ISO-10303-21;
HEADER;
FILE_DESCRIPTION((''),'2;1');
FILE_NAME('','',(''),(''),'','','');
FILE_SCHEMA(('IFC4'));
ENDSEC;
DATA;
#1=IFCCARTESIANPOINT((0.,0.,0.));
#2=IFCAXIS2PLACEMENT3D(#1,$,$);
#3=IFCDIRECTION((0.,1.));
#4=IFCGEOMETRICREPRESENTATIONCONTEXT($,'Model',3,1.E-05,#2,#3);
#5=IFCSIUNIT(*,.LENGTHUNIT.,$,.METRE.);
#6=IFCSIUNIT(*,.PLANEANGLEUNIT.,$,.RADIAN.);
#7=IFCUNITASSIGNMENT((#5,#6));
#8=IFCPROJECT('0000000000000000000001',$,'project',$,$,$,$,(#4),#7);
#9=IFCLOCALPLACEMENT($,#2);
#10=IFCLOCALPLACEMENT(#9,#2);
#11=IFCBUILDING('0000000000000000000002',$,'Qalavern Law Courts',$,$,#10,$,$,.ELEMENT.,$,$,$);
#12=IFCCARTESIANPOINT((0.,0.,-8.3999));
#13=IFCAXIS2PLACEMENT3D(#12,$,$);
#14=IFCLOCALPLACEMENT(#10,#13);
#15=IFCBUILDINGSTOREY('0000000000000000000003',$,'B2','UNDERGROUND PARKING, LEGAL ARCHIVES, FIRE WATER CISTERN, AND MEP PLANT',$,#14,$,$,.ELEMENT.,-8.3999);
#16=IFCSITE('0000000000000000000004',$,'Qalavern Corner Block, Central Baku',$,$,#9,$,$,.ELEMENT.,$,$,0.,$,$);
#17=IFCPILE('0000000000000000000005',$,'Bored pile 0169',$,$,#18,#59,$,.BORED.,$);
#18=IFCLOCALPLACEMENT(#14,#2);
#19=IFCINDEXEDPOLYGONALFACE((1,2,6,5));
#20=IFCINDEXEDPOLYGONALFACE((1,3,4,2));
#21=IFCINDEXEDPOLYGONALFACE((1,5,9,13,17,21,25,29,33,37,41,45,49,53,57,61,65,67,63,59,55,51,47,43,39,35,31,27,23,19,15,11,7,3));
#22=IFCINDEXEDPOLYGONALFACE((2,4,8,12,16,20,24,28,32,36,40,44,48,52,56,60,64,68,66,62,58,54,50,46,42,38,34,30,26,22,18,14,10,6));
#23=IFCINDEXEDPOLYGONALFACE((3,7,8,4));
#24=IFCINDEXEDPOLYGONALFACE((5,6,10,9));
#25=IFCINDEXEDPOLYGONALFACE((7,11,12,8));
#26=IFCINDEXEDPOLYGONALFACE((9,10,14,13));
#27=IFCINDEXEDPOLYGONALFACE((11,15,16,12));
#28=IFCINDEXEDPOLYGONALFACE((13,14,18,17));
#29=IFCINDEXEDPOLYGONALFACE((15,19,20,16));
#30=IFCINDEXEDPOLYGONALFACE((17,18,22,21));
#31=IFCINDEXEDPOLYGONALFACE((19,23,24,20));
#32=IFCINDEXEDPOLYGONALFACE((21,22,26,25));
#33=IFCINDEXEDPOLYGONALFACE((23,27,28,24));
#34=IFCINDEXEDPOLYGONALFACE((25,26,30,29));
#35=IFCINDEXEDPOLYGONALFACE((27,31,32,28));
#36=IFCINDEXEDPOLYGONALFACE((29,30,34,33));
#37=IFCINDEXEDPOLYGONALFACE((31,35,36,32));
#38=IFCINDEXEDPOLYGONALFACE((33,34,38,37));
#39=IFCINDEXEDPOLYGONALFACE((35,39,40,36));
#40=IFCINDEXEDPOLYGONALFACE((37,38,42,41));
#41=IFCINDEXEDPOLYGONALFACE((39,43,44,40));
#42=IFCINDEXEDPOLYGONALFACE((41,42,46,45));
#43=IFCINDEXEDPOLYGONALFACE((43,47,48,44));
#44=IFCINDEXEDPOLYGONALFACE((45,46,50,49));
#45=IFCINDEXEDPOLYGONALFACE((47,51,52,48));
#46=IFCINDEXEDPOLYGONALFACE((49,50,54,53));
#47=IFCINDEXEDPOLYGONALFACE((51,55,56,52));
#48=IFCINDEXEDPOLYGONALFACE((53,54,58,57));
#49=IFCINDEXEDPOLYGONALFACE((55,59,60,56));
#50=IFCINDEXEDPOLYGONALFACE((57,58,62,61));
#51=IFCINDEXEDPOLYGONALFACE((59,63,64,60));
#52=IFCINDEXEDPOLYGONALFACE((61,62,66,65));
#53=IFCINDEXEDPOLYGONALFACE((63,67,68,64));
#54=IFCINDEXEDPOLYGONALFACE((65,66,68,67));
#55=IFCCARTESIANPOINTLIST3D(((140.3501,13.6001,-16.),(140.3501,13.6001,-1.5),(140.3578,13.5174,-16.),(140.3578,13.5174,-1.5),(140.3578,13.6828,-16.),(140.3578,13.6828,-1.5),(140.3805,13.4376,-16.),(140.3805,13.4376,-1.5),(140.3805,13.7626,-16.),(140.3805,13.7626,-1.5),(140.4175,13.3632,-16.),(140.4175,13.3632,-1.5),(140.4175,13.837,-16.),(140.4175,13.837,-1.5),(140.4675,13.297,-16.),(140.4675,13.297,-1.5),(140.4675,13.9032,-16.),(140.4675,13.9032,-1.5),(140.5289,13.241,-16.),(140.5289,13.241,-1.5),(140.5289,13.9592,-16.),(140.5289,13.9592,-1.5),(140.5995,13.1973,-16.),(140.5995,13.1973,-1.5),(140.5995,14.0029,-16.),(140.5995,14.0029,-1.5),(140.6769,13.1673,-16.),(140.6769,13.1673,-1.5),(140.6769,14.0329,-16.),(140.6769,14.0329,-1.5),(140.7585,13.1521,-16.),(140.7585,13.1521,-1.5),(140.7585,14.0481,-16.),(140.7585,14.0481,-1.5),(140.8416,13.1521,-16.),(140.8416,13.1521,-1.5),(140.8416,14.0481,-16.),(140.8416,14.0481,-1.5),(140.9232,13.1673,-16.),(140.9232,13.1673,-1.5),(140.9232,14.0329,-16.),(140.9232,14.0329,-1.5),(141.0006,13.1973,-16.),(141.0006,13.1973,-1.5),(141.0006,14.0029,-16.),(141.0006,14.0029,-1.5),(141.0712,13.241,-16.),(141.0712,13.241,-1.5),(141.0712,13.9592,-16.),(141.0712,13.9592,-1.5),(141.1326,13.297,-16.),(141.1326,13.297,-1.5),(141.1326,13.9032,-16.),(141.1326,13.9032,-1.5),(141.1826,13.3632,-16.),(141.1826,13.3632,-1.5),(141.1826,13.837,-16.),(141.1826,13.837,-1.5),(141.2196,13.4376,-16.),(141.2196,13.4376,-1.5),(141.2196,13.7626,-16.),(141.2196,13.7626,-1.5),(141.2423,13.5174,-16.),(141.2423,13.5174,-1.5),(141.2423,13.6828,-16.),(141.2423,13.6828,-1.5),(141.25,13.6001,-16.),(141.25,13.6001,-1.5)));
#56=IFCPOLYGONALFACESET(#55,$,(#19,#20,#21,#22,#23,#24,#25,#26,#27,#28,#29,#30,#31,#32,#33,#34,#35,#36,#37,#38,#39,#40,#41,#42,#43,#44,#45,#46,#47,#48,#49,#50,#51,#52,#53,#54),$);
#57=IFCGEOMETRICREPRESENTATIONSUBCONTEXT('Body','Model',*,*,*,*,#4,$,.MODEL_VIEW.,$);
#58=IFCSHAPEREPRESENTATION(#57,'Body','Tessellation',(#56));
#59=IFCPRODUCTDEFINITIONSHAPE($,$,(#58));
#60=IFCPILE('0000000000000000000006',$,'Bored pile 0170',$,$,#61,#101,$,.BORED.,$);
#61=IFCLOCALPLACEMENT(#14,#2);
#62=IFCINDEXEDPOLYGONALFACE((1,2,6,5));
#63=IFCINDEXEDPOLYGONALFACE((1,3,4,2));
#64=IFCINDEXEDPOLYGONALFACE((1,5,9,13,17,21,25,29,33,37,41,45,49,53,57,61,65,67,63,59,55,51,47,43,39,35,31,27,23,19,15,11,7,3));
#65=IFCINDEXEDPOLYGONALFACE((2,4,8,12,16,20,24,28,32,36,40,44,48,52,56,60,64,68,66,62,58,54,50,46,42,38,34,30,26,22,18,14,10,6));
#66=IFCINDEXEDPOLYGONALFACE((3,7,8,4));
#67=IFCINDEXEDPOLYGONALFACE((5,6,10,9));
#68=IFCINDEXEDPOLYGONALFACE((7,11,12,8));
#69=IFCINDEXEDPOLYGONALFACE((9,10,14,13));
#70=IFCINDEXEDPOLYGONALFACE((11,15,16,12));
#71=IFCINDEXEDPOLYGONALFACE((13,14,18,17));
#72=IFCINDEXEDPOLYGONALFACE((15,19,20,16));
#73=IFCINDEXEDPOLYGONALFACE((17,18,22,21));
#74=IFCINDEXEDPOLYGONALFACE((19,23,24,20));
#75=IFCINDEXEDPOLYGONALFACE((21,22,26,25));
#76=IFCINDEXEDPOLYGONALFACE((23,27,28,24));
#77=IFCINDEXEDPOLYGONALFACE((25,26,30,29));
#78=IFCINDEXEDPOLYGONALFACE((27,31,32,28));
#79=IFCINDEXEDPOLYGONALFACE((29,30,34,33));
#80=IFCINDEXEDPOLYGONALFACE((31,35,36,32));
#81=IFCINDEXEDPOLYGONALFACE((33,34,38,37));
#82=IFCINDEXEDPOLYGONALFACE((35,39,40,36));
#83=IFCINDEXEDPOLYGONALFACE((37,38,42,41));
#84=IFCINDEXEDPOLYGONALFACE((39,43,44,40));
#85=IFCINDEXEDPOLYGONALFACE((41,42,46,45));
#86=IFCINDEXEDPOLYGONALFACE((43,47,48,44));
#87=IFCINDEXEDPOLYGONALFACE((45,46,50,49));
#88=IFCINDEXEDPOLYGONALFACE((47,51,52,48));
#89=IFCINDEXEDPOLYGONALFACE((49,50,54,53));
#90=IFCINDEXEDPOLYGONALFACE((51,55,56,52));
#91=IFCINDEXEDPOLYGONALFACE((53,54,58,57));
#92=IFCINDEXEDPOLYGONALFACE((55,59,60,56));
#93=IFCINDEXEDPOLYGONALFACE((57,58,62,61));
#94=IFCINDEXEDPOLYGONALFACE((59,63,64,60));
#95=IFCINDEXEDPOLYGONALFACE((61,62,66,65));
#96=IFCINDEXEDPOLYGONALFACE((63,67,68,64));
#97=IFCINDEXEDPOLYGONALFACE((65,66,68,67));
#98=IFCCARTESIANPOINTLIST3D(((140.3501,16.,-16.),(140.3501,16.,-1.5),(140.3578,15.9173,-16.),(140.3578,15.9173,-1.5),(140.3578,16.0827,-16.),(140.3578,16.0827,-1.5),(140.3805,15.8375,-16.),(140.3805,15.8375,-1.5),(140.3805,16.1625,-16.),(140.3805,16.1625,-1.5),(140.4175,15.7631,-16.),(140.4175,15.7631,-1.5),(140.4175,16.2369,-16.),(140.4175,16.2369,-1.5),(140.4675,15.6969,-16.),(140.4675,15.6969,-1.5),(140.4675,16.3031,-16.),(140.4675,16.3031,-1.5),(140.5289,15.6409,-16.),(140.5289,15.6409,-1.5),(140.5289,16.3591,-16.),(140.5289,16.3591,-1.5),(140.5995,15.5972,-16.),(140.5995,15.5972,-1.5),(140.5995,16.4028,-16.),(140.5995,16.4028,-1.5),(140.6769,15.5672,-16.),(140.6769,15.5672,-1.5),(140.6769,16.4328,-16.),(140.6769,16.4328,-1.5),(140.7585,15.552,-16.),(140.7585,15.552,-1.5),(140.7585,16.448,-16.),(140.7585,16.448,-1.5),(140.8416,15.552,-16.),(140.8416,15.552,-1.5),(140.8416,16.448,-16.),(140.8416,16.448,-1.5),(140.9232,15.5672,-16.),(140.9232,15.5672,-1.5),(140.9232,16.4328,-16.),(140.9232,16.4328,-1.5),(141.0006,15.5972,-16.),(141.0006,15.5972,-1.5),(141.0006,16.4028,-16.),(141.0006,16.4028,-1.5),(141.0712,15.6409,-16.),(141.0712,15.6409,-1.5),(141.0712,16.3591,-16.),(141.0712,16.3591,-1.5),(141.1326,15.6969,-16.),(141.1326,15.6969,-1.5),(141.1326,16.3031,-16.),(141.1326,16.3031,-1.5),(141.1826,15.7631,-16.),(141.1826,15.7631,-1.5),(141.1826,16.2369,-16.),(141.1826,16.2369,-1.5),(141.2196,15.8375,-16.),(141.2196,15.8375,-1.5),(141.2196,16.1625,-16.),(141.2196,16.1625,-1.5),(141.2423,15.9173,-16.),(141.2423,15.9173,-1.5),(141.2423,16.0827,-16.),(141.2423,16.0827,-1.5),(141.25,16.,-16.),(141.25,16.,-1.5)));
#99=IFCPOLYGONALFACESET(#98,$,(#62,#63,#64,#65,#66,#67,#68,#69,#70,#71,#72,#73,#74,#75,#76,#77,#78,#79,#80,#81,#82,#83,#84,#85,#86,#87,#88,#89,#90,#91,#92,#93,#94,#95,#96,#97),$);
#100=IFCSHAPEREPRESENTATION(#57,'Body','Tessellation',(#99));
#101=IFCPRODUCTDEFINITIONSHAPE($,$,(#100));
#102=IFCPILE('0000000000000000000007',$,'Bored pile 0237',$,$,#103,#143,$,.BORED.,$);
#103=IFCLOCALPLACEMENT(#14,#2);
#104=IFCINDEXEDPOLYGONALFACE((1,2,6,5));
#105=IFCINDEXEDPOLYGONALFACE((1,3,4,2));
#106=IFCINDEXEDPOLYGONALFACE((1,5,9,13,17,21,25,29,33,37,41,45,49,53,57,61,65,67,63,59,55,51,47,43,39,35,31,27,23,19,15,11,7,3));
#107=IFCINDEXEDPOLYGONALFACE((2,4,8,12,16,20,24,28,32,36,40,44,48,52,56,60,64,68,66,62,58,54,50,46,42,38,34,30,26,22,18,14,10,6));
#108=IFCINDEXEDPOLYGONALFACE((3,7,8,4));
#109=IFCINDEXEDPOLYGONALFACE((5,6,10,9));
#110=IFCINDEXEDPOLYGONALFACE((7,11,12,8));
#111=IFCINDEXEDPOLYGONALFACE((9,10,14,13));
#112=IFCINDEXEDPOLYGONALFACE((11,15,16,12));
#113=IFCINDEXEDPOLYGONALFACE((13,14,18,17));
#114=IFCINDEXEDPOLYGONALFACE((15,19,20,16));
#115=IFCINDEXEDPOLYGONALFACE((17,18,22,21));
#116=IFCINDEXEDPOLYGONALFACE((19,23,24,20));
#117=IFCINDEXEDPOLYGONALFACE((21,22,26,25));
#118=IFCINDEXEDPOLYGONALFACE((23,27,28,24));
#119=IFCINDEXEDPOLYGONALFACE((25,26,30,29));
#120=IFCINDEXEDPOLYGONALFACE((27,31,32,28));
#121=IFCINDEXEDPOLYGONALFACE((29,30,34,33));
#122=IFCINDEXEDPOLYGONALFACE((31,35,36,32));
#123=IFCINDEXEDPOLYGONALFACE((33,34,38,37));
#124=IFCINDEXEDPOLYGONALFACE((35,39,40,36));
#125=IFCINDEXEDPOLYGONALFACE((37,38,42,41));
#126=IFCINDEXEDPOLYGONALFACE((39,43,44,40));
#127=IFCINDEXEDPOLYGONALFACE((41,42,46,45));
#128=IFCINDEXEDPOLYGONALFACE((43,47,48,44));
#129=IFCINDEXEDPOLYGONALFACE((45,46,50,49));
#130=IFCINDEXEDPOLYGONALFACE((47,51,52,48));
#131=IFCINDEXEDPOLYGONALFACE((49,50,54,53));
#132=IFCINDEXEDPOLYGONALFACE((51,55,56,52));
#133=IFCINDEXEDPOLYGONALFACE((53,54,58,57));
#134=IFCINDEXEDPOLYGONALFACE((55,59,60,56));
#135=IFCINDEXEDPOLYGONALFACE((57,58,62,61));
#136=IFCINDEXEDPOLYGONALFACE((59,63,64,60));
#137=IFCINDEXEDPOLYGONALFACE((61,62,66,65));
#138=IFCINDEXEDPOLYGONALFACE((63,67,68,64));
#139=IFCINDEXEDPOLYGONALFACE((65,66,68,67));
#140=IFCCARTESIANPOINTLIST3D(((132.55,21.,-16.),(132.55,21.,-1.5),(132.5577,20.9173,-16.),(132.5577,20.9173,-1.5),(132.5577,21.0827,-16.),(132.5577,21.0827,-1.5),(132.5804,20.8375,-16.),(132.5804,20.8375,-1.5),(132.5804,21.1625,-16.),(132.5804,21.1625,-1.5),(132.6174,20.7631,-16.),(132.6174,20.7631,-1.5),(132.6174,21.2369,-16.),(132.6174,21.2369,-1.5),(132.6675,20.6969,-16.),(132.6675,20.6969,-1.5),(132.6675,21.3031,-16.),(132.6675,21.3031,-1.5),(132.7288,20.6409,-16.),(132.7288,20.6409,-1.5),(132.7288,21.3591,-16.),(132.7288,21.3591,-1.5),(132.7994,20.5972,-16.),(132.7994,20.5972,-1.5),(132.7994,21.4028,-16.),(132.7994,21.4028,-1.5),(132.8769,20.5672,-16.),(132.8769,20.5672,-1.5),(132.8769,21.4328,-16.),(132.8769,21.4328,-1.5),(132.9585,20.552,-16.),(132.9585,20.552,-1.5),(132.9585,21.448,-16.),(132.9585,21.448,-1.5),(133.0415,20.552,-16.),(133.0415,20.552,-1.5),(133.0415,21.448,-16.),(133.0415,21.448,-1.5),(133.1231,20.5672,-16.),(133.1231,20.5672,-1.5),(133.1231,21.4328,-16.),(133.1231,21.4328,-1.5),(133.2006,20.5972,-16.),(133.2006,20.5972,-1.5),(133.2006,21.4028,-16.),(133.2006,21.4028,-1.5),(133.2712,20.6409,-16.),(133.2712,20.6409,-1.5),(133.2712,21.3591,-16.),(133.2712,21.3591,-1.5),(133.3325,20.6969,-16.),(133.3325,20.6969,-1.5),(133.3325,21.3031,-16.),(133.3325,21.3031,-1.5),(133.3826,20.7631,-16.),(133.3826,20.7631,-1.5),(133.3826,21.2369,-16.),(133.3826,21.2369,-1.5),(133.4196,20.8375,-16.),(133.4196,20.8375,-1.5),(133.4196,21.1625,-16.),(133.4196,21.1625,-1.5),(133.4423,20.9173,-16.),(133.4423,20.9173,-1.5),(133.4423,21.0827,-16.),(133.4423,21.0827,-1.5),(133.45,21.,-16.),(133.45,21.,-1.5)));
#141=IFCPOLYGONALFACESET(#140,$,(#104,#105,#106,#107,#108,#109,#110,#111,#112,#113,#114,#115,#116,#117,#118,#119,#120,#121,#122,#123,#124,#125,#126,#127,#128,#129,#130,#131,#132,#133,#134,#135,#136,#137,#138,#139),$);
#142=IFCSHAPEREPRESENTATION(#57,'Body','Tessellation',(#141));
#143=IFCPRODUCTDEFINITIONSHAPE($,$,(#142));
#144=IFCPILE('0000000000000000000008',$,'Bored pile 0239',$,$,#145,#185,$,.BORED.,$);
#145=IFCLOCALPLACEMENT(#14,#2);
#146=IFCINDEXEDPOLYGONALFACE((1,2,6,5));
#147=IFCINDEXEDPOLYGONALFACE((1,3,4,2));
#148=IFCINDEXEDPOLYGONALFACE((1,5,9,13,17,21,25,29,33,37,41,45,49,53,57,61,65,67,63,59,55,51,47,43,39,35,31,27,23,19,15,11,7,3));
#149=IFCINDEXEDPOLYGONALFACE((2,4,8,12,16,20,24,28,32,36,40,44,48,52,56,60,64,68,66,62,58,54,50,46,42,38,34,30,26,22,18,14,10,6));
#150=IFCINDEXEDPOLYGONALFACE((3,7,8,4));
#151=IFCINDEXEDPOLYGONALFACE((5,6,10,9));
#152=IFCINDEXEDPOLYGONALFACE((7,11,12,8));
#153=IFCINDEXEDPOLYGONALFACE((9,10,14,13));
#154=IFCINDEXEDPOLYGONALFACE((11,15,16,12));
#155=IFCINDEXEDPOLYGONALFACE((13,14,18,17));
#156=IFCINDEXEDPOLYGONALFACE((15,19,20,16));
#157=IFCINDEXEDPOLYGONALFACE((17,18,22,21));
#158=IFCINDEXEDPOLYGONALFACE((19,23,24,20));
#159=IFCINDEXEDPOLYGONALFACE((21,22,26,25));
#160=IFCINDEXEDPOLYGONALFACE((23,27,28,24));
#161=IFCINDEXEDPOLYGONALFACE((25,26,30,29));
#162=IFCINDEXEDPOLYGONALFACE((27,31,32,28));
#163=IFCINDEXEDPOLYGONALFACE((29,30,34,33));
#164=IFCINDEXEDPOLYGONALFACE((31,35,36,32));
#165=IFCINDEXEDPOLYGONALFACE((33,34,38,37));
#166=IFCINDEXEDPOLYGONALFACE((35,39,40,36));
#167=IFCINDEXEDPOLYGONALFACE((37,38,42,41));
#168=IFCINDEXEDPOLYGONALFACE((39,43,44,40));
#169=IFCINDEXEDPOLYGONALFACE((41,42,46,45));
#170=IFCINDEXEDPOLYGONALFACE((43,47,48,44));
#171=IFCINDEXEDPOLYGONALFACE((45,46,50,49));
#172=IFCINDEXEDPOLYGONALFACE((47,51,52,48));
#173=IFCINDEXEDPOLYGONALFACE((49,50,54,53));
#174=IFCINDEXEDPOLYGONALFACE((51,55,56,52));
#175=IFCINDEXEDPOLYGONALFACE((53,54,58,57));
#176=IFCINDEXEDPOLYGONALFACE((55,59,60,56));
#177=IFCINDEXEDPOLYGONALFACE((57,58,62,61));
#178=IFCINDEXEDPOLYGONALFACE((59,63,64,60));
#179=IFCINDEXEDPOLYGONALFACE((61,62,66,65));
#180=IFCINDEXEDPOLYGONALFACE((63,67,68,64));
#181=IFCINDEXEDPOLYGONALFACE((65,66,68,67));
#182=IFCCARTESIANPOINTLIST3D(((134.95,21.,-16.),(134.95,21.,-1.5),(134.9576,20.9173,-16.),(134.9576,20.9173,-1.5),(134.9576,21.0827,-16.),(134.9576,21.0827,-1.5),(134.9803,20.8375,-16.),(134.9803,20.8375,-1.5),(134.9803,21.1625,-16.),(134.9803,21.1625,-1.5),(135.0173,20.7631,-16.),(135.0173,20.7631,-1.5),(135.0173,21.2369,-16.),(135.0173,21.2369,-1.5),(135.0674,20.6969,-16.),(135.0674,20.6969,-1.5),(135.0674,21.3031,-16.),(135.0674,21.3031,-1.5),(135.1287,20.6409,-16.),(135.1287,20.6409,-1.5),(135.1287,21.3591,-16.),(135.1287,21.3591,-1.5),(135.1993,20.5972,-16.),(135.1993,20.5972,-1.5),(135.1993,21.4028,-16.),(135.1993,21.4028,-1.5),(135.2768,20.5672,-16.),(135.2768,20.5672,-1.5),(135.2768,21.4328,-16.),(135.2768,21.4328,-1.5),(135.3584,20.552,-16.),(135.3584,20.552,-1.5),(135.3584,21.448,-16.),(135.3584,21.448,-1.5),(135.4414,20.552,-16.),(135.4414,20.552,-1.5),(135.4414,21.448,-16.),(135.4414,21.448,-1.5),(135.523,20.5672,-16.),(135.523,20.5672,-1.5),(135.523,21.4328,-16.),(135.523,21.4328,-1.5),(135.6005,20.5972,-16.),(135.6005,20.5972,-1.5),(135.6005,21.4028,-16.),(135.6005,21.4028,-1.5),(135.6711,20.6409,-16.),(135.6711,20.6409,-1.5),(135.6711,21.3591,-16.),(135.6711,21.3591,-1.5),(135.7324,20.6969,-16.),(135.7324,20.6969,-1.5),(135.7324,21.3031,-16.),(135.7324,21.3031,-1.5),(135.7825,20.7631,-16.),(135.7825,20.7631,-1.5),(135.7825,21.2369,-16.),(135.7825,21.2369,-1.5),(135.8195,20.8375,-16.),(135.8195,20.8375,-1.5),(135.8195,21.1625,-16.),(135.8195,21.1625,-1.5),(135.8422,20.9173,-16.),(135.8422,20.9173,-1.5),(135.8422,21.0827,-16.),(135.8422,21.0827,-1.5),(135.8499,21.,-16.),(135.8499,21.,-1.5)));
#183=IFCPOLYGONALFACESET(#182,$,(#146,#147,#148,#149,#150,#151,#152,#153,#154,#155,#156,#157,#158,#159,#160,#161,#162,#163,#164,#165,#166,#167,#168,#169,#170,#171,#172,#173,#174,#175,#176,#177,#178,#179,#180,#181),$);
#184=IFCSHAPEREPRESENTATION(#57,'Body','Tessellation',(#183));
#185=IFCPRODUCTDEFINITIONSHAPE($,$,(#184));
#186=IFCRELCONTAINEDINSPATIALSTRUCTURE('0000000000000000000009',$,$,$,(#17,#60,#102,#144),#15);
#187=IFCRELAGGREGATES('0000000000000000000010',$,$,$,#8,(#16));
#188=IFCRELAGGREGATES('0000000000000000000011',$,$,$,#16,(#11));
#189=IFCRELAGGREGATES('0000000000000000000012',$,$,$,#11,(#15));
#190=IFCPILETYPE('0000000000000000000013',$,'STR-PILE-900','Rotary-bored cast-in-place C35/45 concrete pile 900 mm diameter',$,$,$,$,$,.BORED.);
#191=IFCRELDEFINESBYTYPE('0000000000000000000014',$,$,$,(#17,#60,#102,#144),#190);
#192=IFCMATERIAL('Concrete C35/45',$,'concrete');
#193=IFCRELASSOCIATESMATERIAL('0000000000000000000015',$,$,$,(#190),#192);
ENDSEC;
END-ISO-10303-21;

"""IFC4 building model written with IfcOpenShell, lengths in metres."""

from ifc_helpers import new_model, si_unit, direction, frame, origin, origin_2d, place, context, subcontext, project, spatial, circle, extrude, material, material_profile, profile_set, type_object, element, save


model = new_model("IFC4")

# Units and contexts
model_context = context("Model", 3, precision=1e-05, world=origin(), true_north=direction((0.0, 1.0)))
body_context = subcontext(model_context, "Body", "Model", "MODEL_VIEW")
ifc_project = project(units=[si_unit("LENGTHUNIT", "METRE"), si_unit("PLANEANGLEUNIT", "RADIAN")], contexts=[model_context])

# Site, building, storey
site_placement = place(None, origin())
site = spatial("IfcSite", under=ifc_project, at=site_placement, Name="Qalavern Corner Block, Central Baku", CompositionType="ELEMENT", RefElevation=0.0)
building_placement = place(site_placement, origin())
building = spatial("IfcBuilding", under=site, at=building_placement, Name="Qalavern Law Courts", CompositionType="ELEMENT")
storey_placement = place(building_placement, frame((0.0, 0.0, -8.3999)))
storey = spatial("IfcBuildingStorey", under=building, at=storey_placement, Name="B2", Description="UNDERGROUND PARKING, LEGAL ARCHIVES, FIRE WATER CISTERN, AND MEP PLANT", CompositionType="ELEMENT", Elevation=-8.3999)

# Shared definitions
ifc_material_1 = material(Name="Concrete C35/45", Category="concrete")

# Piles
ifc_material_profile_1 = material_profile(ifc_material_1, circle(Radius=0.45, at=origin_2d()), Name="BORED PILE 900")
ifc_profile_set_1 = profile_set([ifc_material_profile_1], Name="Concrete C35/45")
pile_type_1 = type_object("IfcPileType", Name="STR-PILE-900", Description="Rotary-bored cast-in-place C35/45 concrete pile 900 mm diameter", PredefinedType="BORED", material=ifc_profile_set_1)
for number, where, z_axis, x_axis, name in (
    (1, (140.8, 13.6001, -1.5), (0.0, 0.0, -1.0), (1.0, 0.0, 0.0), "Bored pile 0169"),
    (2, (140.8, 16.0, -1.5), (0.0, 0.0, -1.0), (1.0, 0.0, 0.0), "Bored pile 0170"),
    (3, (133.0, 21.0, -1.5), (0.0, 0.0, -1.0), (1.0, 0.0, 0.0), "Bored pile 0237"),
    (4, (135.3999, 21.0, -1.5), (0.0, 0.0, -1.0), (1.0, 0.0, 0.0), "Bored pile 0239"),
):
    element("IfcPile", number, at=place(storey_placement, frame(where, z_axis=z_axis, x_axis=x_axis)), inside=storey, type_object=pile_type_1, Name=name, PredefinedType="BORED", context=body_context, shape_type="SweptSolid", body=[
        extrude(circle(Radius=0.45, at=origin_2d()), origin(), (0.0, 0.0, 1.0), 14.5),
    ])

save(model, "model.ifc")
